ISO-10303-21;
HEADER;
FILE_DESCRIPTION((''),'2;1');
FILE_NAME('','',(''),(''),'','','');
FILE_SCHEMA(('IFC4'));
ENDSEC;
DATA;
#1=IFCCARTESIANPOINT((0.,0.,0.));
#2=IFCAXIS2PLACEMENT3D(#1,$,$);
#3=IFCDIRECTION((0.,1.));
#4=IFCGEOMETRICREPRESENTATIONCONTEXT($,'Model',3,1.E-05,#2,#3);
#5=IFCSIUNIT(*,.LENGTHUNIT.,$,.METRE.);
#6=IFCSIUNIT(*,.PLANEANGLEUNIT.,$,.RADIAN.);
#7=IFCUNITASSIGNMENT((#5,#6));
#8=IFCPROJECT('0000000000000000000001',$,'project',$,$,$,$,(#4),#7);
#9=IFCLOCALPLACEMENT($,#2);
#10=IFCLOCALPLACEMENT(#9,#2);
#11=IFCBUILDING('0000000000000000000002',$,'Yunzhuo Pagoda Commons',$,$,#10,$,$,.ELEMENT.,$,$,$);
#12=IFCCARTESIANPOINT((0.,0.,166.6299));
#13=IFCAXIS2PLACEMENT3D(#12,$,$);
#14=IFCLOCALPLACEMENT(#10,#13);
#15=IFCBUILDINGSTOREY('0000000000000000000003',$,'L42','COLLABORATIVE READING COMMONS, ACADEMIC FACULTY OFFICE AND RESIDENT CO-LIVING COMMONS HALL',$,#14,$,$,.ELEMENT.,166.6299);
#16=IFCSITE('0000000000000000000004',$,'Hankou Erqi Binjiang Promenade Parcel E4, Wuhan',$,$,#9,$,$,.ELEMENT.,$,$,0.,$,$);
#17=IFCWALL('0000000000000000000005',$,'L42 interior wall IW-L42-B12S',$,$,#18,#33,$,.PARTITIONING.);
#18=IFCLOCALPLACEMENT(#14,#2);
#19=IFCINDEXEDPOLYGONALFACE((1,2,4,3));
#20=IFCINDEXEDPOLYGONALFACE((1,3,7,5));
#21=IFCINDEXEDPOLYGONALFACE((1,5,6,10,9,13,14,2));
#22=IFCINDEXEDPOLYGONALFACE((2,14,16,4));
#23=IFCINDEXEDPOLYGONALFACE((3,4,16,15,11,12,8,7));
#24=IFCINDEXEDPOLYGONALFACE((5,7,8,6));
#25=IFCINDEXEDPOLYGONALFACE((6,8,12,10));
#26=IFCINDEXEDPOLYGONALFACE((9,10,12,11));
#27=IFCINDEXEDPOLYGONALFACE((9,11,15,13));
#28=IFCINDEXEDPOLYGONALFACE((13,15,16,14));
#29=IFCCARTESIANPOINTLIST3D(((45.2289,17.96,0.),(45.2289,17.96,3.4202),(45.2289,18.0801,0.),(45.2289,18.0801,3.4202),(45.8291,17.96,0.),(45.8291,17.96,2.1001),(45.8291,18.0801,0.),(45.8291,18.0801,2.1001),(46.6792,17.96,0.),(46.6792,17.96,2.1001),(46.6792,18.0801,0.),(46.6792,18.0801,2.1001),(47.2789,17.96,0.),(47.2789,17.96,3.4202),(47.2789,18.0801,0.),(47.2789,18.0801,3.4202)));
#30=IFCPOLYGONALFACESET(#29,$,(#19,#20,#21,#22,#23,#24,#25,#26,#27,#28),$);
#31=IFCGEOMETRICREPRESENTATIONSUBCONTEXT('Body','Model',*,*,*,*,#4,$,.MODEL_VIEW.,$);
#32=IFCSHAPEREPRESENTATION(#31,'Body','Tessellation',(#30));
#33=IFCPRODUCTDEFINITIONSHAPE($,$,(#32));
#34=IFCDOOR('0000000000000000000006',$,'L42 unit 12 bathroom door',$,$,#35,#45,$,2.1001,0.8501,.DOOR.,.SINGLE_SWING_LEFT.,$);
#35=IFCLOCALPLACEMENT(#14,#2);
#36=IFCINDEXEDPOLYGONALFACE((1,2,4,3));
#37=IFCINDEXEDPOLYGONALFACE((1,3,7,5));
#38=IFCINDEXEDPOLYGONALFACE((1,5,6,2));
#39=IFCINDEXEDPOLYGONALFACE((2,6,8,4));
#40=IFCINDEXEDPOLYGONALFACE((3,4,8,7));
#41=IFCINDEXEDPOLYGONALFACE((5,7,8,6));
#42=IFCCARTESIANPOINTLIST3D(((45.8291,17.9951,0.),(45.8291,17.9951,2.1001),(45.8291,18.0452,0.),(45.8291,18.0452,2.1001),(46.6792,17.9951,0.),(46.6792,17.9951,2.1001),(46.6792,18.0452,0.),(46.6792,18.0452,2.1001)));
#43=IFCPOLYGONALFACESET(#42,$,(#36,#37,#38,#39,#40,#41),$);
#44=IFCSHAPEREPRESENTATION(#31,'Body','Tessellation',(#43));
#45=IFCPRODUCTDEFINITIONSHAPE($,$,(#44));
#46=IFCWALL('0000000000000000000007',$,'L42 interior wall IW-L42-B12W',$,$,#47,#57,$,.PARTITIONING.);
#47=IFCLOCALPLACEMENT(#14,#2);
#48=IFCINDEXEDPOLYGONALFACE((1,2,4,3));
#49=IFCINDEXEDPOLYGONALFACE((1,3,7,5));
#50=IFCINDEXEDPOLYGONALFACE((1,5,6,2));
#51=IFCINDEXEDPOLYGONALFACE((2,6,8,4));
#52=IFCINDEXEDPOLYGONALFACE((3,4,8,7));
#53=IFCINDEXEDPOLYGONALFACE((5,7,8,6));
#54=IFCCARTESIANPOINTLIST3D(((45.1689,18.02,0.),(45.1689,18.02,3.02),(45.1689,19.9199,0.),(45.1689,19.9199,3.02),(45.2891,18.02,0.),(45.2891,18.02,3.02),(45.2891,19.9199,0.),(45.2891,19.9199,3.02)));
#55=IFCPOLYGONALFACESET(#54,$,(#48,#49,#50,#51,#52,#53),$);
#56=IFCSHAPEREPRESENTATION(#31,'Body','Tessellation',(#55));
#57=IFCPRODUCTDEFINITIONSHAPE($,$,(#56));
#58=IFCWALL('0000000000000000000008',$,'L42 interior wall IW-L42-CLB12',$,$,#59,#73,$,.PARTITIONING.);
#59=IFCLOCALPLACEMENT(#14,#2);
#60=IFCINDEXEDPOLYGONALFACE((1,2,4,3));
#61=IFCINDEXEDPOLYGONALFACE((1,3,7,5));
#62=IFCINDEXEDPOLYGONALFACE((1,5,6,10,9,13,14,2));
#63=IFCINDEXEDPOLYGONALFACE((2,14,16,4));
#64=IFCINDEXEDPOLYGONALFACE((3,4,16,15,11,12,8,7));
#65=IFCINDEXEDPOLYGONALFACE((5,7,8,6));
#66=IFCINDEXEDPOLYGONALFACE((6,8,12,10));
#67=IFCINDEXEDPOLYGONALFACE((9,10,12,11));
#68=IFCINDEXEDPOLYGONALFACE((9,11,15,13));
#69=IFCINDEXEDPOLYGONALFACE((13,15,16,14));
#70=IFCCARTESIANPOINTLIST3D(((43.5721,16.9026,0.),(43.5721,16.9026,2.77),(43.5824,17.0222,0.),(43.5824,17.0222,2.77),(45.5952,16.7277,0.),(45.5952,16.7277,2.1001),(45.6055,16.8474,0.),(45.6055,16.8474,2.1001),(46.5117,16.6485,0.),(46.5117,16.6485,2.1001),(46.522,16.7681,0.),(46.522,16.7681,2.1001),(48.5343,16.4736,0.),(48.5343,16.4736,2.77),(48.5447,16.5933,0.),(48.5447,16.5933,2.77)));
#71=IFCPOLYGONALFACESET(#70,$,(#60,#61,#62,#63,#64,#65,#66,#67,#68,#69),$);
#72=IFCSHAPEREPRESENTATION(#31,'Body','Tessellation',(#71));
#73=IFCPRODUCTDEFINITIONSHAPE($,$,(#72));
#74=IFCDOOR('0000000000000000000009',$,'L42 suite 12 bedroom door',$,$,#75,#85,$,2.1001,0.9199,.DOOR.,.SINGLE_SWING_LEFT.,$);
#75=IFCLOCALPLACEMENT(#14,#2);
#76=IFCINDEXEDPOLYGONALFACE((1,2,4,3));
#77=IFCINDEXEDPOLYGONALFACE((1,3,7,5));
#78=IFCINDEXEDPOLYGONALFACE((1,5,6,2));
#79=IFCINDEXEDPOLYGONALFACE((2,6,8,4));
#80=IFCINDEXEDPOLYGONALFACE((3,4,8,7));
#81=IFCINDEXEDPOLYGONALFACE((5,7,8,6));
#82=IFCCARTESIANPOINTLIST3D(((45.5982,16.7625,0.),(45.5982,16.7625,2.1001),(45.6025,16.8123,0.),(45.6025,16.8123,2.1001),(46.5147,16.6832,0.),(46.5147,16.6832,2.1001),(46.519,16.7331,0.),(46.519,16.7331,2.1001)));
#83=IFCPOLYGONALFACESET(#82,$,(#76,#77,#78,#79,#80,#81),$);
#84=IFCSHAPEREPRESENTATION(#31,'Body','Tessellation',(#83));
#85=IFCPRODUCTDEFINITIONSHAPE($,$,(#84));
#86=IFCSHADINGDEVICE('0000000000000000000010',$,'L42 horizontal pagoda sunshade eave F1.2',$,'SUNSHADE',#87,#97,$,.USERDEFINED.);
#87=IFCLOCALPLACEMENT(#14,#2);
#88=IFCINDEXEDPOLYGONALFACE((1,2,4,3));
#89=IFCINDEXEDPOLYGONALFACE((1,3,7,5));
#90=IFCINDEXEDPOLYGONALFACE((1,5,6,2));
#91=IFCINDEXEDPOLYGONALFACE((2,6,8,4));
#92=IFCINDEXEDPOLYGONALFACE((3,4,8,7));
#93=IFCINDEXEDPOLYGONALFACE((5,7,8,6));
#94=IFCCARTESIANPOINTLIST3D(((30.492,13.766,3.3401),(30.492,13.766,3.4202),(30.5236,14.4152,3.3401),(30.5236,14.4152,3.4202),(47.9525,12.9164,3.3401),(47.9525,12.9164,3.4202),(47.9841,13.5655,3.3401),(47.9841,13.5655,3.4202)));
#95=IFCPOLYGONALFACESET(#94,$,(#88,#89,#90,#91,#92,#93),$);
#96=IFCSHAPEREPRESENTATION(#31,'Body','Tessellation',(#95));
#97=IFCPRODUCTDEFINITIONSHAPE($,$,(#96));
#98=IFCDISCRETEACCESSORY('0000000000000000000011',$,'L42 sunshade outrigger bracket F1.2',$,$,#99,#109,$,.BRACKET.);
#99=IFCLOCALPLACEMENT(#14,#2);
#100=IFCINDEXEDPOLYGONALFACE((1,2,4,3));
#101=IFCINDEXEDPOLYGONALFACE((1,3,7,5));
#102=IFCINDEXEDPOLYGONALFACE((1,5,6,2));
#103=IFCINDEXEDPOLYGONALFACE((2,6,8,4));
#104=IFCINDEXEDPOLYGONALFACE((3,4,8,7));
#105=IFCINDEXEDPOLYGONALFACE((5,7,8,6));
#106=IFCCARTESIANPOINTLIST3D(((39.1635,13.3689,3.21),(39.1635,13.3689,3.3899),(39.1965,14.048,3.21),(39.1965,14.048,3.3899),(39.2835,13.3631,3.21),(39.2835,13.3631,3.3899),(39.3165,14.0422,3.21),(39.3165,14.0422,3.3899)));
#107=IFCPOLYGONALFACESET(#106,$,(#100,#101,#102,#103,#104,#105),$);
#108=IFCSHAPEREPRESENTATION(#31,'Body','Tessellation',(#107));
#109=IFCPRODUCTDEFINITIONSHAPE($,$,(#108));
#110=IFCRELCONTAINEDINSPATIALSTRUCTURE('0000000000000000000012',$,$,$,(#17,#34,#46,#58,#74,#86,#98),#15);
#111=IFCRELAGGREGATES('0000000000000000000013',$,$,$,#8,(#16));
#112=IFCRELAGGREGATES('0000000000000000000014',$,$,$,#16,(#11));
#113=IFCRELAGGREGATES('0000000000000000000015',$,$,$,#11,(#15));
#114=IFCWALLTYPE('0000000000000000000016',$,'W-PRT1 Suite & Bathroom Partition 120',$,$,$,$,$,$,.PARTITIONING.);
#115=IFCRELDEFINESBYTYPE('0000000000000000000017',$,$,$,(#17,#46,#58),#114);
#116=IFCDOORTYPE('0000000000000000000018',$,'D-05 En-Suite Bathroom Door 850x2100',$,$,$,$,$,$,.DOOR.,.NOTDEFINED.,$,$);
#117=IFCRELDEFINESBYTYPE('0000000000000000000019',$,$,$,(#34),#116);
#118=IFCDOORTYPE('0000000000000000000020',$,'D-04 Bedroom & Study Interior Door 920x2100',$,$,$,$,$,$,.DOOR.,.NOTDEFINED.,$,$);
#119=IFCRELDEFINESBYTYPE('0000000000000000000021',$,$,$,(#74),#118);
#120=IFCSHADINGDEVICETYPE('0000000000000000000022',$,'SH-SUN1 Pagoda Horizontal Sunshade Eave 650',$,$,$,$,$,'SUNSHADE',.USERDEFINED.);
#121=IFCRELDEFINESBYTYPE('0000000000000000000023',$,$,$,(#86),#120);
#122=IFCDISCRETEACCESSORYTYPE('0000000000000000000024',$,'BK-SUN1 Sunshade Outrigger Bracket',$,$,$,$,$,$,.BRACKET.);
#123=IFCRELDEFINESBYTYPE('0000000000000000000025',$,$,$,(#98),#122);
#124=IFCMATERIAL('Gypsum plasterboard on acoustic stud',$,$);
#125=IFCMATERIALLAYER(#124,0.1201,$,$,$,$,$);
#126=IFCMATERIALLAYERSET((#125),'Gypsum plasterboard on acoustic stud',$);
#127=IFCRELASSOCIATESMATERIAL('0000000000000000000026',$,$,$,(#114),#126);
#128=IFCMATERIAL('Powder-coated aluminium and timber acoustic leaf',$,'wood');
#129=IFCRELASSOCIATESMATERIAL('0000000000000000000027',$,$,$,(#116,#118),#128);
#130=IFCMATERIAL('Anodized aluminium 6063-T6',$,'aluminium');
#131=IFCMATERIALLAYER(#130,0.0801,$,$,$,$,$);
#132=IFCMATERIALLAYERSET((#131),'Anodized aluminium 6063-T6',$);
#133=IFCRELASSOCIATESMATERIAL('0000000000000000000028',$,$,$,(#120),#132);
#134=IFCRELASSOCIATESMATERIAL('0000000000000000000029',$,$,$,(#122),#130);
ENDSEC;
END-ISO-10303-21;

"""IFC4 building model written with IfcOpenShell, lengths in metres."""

from ifc_helpers import new_model, si_unit, direction, frame, frame_2d, origin, origin_with_axes, origin_2d, place, context, subcontext, project, spatial, rectangle, extrude, source, transform, mapped, material, layer, layer_set, type_object, element, fill, save


model = new_model("IFC4")

# Units and contexts
model_context = context("Model", 3, precision=1e-05, world=origin(), true_north=direction((0.0, 1.0)))
body_context = subcontext(model_context, "Body", "Model", "MODEL_VIEW")
ifc_project = project(units=[si_unit("LENGTHUNIT", "METRE"), si_unit("PLANEANGLEUNIT", "RADIAN")], contexts=[model_context])

# Site, building, storey
site_placement = place(None, origin())
site = spatial("IfcSite", under=ifc_project, at=site_placement, Name="Hankou Erqi Binjiang Promenade Parcel E4, Wuhan", CompositionType="ELEMENT", RefElevation=0.0)
building_placement = place(site_placement, origin())
building = spatial("IfcBuilding", under=site, at=building_placement, Name="Yunzhuo Pagoda Commons", CompositionType="ELEMENT")
storey_placement = place(building_placement, frame((0.0, 0.0, 166.6299)))
storey = spatial("IfcBuildingStorey", under=building, at=storey_placement, Name="L42", Description="COLLABORATIVE READING COMMONS, ACADEMIC FACULTY OFFICE AND RESIDENT CO-LIVING COMMONS HALL", CompositionType="ELEMENT", Elevation=166.6299)

# Shared definitions
ifc_material_1 = material(Name="Anodized aluminium 6063-T6", Category="aluminium")

# Shared definitions
ifc_material_2 = material(Name="Gypsum plasterboard on acoustic stud")

# Wall, opening, door
ifc_layer_1 = layer(ifc_material_2, 0.1201)
ifc_layer_set_1 = layer_set([ifc_layer_1], Name="Gypsum plasterboard on acoustic stud")
wall_type_1 = type_object("IfcWallType", Name="W-PRT1 Suite & Bathroom Partition 120", PredefinedType="PARTITIONING", material=ifc_layer_set_1)
wall_1_placement = place(storey_placement, frame((45.229, 18.02, 0.0), z_axis=(0.0, 0.0, 1.0), x_axis=(1.0, 0.0, 0.0)))
wall_1 = element("IfcWall", 1, at=wall_1_placement, inside=storey, type_object=wall_type_1, Name="L42 interior wall IW-L42-B12S", PredefinedType="PARTITIONING", context=body_context, shape_type="SweptSolid", body=[
    extrude(rectangle(XDim=2.05, YDim=0.1201, at=frame_2d((1.0249, 0.0))), origin(), (0.0, 0.0, 1.0), 3.4202),
])
opening_1_placement = place(wall_1_placement, frame((0.6001, 0.0, 0.0)))
opening_1 = element("IfcOpeningElement", 2, at=opening_1_placement, cuts=wall_1, PredefinedType="OPENING", context=body_context, shape_type="SweptSolid", body=[
    extrude(rectangle(XDim=0.8501, YDim=2.1001, at=frame_2d((0.425, 1.05))), frame((0.0, 0.0701, 0.0), z_axis=(0.0, -1.0, 0.0), x_axis=(1.0, 0.0, 0.0)), (0.0, 0.0, 1.0), 0.1401),
])
ifc_material_3 = material(Name="Powder-coated aluminium and timber acoustic leaf", Category="wood")
door_type_1 = type_object("IfcDoorType", Name="D-05 En-Suite Bathroom Door 850x2100", OperationType="NOTDEFINED", PredefinedType="DOOR", material=ifc_material_3)
shared_shape_1 = source(origin(), body_context, "Body", "SweptSolid", [
    extrude(rectangle(XDim=0.8501, YDim=2.1001, at=frame_2d((0.425, 1.05))), frame((0.0, 0.0249, 0.0), z_axis=(0.0, -1.0, 0.0), x_axis=(1.0, 0.0, 0.0)), (0.0, 0.0, 1.0), 0.05),
])
door_1_placement = place(opening_1_placement, frame((0.8501, 0.0, 0.0), z_axis=(0.0, 0.0, 1.0), x_axis=(-1.0, 0.0, 0.0)))
door_1 = element("IfcDoor", 3, at=door_1_placement, inside=storey, type_object=door_type_1, Name="L42 unit 12 bathroom door", OperationType="SINGLE_SWING_LEFT", OverallHeight=2.1001, OverallWidth=0.8501, PredefinedType="DOOR", context=body_context, shape_type="MappedRepresentation", body=[
    mapped(shared_shape_1, transform((0.0, 0.0, 0.0), scale=1.0)),
])
fill(opening_1, door_1)

# Wall
wall_2_placement = place(storey_placement, frame((45.229, 19.9199, 0.0), z_axis=(0.0, 0.0, 1.0), x_axis=(0.0, -1.0, 0.0)))
element("IfcWall", 4, at=wall_2_placement, inside=storey, type_object=wall_type_1, Name="L42 interior wall IW-L42-B12W", PredefinedType="PARTITIONING", context=body_context, shape_type="SweptSolid", body=[
    extrude(rectangle(XDim=1.8999, YDim=0.1201, at=frame_2d((0.95, 0.0))), origin(), (0.0, 0.0, 1.0), 3.02),
])

# Wall, opening, door
wall_3_placement = place(storey_placement, frame((43.5774, 16.9624, 0.0), z_axis=(0.0, 0.0, 1.0), x_axis=(0.996284, -0.086124, 0.0)))
wall_3 = element("IfcWall", 5, at=wall_3_placement, inside=storey, type_object=wall_type_1, Name="L42 interior wall IW-L42-CLB12", PredefinedType="PARTITIONING", context=body_context, shape_type="SweptSolid", body=[
    extrude(rectangle(XDim=4.9807, YDim=0.1201, at=frame_2d((2.4902, 0.0))), origin(), (0.0, 0.0, 1.0), 2.77),
])
opening_2_placement = place(wall_3_placement, frame((2.0305, 0.0, 0.0)))
opening_2 = element("IfcOpeningElement", 6, at=opening_2_placement, cuts=wall_3, PredefinedType="OPENING", context=body_context, shape_type="SweptSolid", body=[
    extrude(rectangle(XDim=0.9199, YDim=2.1001, at=frame_2d((0.46, 1.05))), frame((0.0, 0.0701, 0.0), z_axis=(0.0, -1.0, 0.0), x_axis=(1.0, 0.0, 0.0)), (0.0, 0.0, 1.0), 0.1401),
])
door_type_2 = type_object("IfcDoorType", Name="D-04 Bedroom & Study Interior Door 920x2100", OperationType="NOTDEFINED", PredefinedType="DOOR", material=ifc_material_3)
shared_shape_2 = source(origin(), body_context, "Body", "SweptSolid", [
    extrude(rectangle(XDim=0.9199, YDim=2.1001, at=frame_2d((0.46, 1.05))), frame((0.0, 0.0249, 0.0), z_axis=(0.0, -1.0, 0.0), x_axis=(1.0, 0.0, 0.0)), (0.0, 0.0, 1.0), 0.05),
])
door_2_placement = place(opening_2_placement, origin_with_axes())
door_2 = element("IfcDoor", 7, at=door_2_placement, inside=storey, type_object=door_type_2, Name="L42 suite 12 bedroom door", OperationType="SINGLE_SWING_LEFT", OverallHeight=2.1001, OverallWidth=0.9199, PredefinedType="DOOR", context=body_context, shape_type="MappedRepresentation", body=[
    mapped(shared_shape_2, transform((0.0, 0.0, 0.0), scale=1.0)),
])
fill(opening_2, door_2)

# Shading device
ifc_layer_2 = layer(ifc_material_1, 0.0801)
ifc_layer_set_2 = layer_set([ifc_layer_2], Name="Anodized aluminium 6063-T6")
shading_device_type = type_object("IfcShadingDeviceType", Name="SH-SUN1 Pagoda Horizontal Sunshade Eave 650", ElementType="SUNSHADE", PredefinedType="USERDEFINED", material=ifc_layer_set_2)
shared_shape_3 = source(origin(), body_context, "Body", "SweptSolid", [
    extrude(rectangle(XDim=17.4812, YDim=0.6499, at=origin_2d()), origin(), (0.0, 0.0, 1.0), 0.0801),
])
shading_device_placement = place(storey_placement, frame((39.238, 13.6658, 3.3401), z_axis=(0.0, 0.0, 1.0), x_axis=(0.998818, -0.048606, 0.0)))
element("IfcShadingDevice", 8, at=shading_device_placement, inside=storey, type_object=shading_device_type, Name="L42 horizontal pagoda sunshade eave F1.2", ObjectType="SUNSHADE", PredefinedType="USERDEFINED", context=body_context, shape_type="MappedRepresentation", body=[
    mapped(shared_shape_3, transform((0.0, 0.0, 0.0), scale=1.0)),
])

# Discrete accessory
discrete_accessory_type = type_object("IfcDiscreteAccessoryType", Name="BK-SUN1 Sunshade Outrigger Bracket", PredefinedType="BRACKET", material=ifc_material_1)
shared_shape_4 = source(origin(), body_context, "Body", "SweptSolid", [
    extrude(rectangle(XDim=0.1201, YDim=0.6799, at=origin_2d()), origin(), (0.0, 0.0, 1.0), 0.1799),
])
discrete_accessory_placement = place(storey_placement, frame((39.24, 13.7056, 3.21), z_axis=(0.0, 0.0, 1.0), x_axis=(0.998818, -0.048606, 0.0)))
element("IfcDiscreteAccessory", 9, at=discrete_accessory_placement, inside=storey, type_object=discrete_accessory_type, Name="L42 sunshade outrigger bracket F1.2", PredefinedType="BRACKET", context=body_context, shape_type="MappedRepresentation", body=[
    mapped(shared_shape_4, transform((0.0, 0.0, 0.0), scale=1.0)),
])

save(model, "model.ifc")
